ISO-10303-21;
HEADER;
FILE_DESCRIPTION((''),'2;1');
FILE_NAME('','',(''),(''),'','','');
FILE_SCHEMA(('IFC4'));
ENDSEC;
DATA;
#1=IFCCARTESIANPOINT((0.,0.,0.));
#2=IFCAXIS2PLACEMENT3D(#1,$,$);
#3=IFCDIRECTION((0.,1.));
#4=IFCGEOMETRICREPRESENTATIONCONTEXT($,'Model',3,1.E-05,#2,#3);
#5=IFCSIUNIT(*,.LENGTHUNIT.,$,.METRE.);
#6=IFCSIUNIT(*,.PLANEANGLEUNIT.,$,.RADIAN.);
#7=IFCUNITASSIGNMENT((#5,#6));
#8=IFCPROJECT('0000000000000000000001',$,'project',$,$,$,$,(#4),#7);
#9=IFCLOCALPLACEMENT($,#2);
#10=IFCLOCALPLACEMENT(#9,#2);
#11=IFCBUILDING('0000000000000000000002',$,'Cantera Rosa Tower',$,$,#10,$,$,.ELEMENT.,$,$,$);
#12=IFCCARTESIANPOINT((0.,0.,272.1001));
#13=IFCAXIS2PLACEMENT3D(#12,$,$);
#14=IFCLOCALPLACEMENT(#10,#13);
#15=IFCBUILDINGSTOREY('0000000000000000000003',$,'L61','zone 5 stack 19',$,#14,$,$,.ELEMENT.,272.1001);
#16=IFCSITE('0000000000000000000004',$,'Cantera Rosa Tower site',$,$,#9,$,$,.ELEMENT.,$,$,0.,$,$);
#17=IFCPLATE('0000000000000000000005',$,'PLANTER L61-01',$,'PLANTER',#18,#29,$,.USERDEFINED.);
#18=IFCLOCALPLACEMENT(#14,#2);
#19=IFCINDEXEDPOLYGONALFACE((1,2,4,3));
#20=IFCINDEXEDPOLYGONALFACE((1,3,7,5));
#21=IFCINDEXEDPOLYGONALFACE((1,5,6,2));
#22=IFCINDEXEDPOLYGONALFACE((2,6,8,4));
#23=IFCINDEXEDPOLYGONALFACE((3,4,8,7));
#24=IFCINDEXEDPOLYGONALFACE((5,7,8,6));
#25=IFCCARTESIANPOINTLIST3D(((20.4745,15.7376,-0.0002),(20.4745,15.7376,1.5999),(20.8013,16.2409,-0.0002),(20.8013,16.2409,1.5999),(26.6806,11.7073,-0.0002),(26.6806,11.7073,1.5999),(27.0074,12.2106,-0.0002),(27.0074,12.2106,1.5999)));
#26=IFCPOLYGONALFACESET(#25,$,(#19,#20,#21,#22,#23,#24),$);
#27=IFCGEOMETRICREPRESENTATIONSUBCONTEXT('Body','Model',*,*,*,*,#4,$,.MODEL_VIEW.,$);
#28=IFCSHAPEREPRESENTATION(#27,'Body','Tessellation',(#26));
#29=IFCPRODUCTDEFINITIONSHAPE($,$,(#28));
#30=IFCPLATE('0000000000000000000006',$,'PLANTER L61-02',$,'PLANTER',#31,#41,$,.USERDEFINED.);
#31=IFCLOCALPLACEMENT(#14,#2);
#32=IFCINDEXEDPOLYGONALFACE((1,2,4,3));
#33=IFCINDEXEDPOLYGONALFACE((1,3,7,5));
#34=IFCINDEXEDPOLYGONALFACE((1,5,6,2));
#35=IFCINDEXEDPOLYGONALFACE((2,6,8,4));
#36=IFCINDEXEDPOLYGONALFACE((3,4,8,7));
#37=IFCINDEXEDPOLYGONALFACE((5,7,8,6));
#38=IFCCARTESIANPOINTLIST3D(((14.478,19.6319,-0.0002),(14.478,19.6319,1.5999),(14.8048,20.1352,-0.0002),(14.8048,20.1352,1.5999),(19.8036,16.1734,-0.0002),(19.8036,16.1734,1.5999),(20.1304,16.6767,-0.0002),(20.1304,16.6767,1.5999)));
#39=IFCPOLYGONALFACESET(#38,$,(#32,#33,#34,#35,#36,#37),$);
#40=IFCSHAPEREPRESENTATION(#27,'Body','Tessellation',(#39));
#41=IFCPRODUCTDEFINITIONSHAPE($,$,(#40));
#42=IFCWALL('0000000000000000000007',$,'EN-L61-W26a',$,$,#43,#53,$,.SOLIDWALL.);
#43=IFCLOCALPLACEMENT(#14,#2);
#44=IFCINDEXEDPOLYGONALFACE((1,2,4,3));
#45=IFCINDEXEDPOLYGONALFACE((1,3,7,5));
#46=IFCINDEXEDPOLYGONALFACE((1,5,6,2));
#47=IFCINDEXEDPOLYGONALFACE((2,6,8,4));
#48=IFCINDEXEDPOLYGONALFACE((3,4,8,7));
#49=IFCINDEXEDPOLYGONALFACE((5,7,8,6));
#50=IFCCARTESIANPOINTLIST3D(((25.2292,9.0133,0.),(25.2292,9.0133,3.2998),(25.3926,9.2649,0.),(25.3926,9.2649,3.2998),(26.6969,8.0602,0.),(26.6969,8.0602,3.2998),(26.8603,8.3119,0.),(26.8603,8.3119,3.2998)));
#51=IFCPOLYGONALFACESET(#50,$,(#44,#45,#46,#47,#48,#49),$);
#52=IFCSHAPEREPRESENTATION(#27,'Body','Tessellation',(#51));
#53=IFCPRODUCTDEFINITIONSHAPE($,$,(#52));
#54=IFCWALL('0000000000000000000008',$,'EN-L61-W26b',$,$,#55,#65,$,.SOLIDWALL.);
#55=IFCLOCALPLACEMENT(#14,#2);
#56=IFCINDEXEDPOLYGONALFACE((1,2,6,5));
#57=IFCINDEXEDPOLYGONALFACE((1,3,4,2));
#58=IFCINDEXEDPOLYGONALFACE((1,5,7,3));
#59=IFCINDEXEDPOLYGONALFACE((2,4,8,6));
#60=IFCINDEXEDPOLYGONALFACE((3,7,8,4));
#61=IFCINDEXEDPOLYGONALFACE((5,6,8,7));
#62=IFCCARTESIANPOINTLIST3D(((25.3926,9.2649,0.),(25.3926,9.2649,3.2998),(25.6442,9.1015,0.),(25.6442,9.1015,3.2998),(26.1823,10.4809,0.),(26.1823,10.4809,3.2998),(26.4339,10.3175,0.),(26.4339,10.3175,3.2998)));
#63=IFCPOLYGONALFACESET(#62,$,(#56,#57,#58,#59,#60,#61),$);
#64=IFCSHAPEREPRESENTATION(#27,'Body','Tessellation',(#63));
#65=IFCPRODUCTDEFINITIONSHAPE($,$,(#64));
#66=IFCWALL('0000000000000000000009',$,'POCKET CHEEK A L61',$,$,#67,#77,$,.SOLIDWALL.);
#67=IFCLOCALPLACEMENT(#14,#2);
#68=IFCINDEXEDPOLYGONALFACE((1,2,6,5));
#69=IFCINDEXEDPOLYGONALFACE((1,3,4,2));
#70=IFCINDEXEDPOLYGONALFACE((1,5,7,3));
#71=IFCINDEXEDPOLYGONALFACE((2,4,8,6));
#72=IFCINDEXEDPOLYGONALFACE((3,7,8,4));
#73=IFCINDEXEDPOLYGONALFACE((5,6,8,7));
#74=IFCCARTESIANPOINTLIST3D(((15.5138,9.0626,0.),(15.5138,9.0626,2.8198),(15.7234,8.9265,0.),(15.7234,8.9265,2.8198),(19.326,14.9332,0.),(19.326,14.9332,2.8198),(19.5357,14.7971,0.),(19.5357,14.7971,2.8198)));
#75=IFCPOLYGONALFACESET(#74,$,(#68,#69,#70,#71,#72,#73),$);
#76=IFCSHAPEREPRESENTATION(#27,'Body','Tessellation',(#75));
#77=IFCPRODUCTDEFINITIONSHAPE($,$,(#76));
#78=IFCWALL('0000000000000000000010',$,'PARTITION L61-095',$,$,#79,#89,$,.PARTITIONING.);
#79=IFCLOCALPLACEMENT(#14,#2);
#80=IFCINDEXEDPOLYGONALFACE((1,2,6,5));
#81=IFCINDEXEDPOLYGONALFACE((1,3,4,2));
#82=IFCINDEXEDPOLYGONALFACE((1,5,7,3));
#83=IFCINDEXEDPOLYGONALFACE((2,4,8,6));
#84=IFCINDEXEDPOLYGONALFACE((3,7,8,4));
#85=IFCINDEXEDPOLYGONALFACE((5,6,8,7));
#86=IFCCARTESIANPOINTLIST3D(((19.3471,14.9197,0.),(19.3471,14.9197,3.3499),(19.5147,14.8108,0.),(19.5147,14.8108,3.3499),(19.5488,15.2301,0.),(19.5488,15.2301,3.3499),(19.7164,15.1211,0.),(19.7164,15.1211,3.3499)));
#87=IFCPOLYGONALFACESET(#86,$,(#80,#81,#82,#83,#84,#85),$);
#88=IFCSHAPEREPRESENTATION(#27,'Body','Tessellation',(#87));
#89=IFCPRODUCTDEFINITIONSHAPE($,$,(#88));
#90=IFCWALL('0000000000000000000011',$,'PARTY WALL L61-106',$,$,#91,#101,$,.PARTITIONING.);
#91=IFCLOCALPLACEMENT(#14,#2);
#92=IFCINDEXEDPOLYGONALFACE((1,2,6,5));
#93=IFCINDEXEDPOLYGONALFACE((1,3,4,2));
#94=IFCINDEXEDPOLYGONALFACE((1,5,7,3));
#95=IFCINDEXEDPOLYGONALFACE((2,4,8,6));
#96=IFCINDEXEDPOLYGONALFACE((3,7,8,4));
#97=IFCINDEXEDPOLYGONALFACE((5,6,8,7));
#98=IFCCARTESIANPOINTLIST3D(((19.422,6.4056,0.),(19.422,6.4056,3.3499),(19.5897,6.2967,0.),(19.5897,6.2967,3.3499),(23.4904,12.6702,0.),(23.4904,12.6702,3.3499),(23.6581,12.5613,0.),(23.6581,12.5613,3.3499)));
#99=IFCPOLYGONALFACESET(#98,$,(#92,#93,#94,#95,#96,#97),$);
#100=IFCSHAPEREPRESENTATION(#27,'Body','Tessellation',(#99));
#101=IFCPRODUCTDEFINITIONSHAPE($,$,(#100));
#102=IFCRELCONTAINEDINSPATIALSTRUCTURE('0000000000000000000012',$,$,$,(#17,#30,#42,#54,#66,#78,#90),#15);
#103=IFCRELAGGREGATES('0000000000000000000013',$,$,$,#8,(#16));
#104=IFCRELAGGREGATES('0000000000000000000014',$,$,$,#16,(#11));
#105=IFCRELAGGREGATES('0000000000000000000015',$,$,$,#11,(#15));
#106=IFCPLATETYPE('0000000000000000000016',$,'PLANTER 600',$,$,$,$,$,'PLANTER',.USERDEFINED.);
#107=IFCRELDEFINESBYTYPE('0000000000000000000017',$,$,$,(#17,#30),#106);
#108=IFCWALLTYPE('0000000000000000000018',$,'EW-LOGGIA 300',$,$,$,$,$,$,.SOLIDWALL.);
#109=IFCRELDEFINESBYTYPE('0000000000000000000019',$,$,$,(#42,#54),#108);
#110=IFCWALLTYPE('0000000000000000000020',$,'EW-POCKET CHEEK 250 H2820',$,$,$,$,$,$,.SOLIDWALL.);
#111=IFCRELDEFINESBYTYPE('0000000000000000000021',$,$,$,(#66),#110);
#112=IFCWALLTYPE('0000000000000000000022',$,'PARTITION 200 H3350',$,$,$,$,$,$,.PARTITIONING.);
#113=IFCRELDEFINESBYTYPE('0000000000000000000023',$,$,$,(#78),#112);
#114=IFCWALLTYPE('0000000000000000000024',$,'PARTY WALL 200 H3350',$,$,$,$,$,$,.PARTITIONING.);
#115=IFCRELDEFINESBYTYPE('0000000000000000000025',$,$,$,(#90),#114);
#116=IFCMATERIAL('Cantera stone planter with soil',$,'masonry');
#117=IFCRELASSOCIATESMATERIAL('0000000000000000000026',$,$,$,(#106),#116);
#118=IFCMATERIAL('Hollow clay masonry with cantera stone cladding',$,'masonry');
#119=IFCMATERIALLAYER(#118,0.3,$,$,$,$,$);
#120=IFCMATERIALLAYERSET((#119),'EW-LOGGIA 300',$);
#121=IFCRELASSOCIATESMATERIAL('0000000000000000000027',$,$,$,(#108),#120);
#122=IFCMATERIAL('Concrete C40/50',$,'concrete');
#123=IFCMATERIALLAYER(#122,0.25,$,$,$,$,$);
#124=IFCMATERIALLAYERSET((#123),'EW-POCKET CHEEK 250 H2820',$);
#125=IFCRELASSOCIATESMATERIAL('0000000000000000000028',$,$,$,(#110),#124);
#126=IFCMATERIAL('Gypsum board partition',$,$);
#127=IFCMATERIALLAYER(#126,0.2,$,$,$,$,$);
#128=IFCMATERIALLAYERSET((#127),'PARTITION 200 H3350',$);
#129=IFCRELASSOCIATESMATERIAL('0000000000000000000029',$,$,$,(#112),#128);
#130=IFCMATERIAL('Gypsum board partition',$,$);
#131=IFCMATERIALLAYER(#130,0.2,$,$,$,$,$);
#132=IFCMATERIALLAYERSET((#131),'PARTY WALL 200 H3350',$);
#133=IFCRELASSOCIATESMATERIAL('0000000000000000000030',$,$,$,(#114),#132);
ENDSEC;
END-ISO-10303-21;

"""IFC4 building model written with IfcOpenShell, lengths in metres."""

from ifc_helpers import new_model, si_unit, direction, frame, frame_2d, origin, origin_2d, place, context, subcontext, project, spatial, rectangle, extrude, material, layer, layer_set, type_object, element, save


model = new_model("IFC4")

# Units and contexts
model_context = context("Model", 3, precision=1e-05, world=origin(), true_north=direction((0.0, 1.0)))
body_context = subcontext(model_context, "Body", "Model", "MODEL_VIEW")
ifc_project = project(units=[si_unit("LENGTHUNIT", "METRE"), si_unit("PLANEANGLEUNIT", "RADIAN")], contexts=[model_context])

# Site, building, storey
site_placement = place(None, origin())
site = spatial("IfcSite", under=ifc_project, at=site_placement, Name="Cantera Rosa Tower site", CompositionType="ELEMENT", RefElevation=0.0)
building_placement = place(site_placement, origin())
building = spatial("IfcBuilding", under=site, at=building_placement, Name="Cantera Rosa Tower", CompositionType="ELEMENT")
storey_placement = place(building_placement, frame((0.0, 0.0, 272.1001)))
storey = spatial("IfcBuildingStorey", under=building, at=storey_placement, Name="L61", Description="zone 5 stack 19", CompositionType="ELEMENT", Elevation=272.1001)

# Plates
ifc_material_1 = material(Name="Cantera stone planter with soil", Category="masonry")
plate_type = type_object("IfcPlateType", Name="PLANTER 600", ElementType="PLANTER", PredefinedType="USERDEFINED", material=ifc_material_1)
plate_1_placement = place(storey_placement, frame((23.741, 13.9741, -0.0002), z_axis=(0.0, 0.0, 1.0), x_axis=(-0.838671, 0.544639, 0.0)))
element("IfcPlate", 1, at=plate_1_placement, inside=storey, type_object=plate_type, Name="PLANTER L61-01", ObjectType="PLANTER", PredefinedType="USERDEFINED", context=body_context, shape_type="SweptSolid", body=[
    extrude(rectangle(XDim=7.3999, YDim=0.6001, at=origin_2d()), origin(), (0.0, 0.0, 1.0), 1.6001),
])
plate_2_placement = place(storey_placement, frame((17.3042, 18.1543, -0.0002), z_axis=(0.0, 0.0, 1.0), x_axis=(-0.838671, 0.544639, 0.0)))
element("IfcPlate", 2, at=plate_2_placement, inside=storey, type_object=plate_type, Name="PLANTER L61-02", ObjectType="PLANTER", PredefinedType="USERDEFINED", context=body_context, shape_type="SweptSolid", body=[
    extrude(rectangle(XDim=6.3501, YDim=0.6001, at=origin_2d()), origin(), (0.0, 0.0, 1.0), 1.6001),
])

# Walls
ifc_material_2 = material(Name="Hollow clay masonry with cantera stone cladding", Category="masonry")
ifc_layer_1 = layer(ifc_material_2, 0.3)
ifc_layer_set_1 = layer_set([ifc_layer_1], Name="EW-LOGGIA 300")
wall_type_1 = type_object("IfcWallType", Name="EW-LOGGIA 300", PredefinedType="SOLIDWALL", material=ifc_layer_set_1)
wall_1_placement = place(storey_placement, frame((26.7786, 8.186, 0.0), z_axis=(0.0, 0.0, 1.0), x_axis=(-0.838686, 0.544616, 0.0)))
element("IfcWall", 3, at=wall_1_placement, inside=storey, type_object=wall_type_1, Name="EN-L61-W26a", PredefinedType="SOLIDWALL", context=body_context, shape_type="SweptSolid", body=[
    extrude(rectangle(XDim=1.75, YDim=0.3, at=frame_2d((0.875, 0.0))), origin(), (0.0, 0.0, 1.0), 3.2998),
])
wall_2_placement = place(storey_placement, frame((25.5183, 9.1831, 0.0), z_axis=(0.0, 0.0, 1.0), x_axis=(0.544675, 0.838647, 0.0)))
element("IfcWall", 4, at=wall_2_placement, inside=storey, type_object=wall_type_1, Name="EN-L61-W26b", PredefinedType="SOLIDWALL", context=body_context, shape_type="SweptSolid", body=[
    extrude(rectangle(XDim=1.45, YDim=0.3, at=frame_2d((0.7251, 0.0))), origin(), (0.0, 0.0, 1.0), 3.2998),
])

# Wall
ifc_material_3 = material(Name="Concrete C40/50", Category="concrete")
ifc_layer_2 = layer(ifc_material_3, 0.25)
ifc_layer_set_2 = layer_set([ifc_layer_2], Name="EW-POCKET CHEEK 250 H2820")
wall_type_2 = type_object("IfcWallType", Name="EW-POCKET CHEEK 250 H2820", PredefinedType="SOLIDWALL", material=ifc_layer_set_2)
wall_3_placement = place(storey_placement, frame((19.4309, 14.8652, 0.0), z_axis=(0.0, 0.0, 1.0), x_axis=(-0.544623, -0.838681, 0.0)))
element("IfcWall", 5, at=wall_3_placement, inside=storey, type_object=wall_type_2, Name="POCKET CHEEK A L61", PredefinedType="SOLIDWALL", context=body_context, shape_type="SweptSolid", body=[
    extrude(rectangle(XDim=6.9998, YDim=0.25, at=frame_2d((3.5, 0.0))), origin(), (0.0, 0.0, 1.0), 2.8198),
])

# Walls
ifc_material_4 = material(Name="Gypsum board partition")
ifc_layer_3 = layer(ifc_material_4, 0.2)
ifc_layer_set_3 = layer_set([ifc_layer_3], Name="PARTITION 200 H3350")
wall_type_3 = type_object("IfcWallType", Name="PARTITION 200 H3350", PredefinedType="PARTITIONING", material=ifc_layer_set_3)
wall_4_placement = place(storey_placement, frame((19.4309, 14.8652, 0.0), z_axis=(0.0, 0.0, 1.0), x_axis=(0.544919, 0.838489, 0.0)))
element("IfcWall", 6, at=wall_4_placement, inside=storey, type_object=wall_type_3, Name="PARTITION L61-095", PredefinedType="PARTITIONING", context=body_context, shape_type="SweptSolid", body=[
    extrude(rectangle(XDim=0.3701, YDim=0.2, at=frame_2d((0.1851, 0.0))), origin(), (0.0, 0.0, 1.0), 3.3499),
])
ifc_material_5 = material(Name="Gypsum board partition")
ifc_layer_4 = layer(ifc_material_5, 0.2)
ifc_layer_set_4 = layer_set([ifc_layer_4], Name="PARTY WALL 200 H3350")
wall_type_4 = type_object("IfcWallType", Name="PARTY WALL 200 H3350", PredefinedType="PARTITIONING", material=ifc_layer_set_4)
wall_5_placement = place(storey_placement, frame((23.5742, 12.6157, 0.0), z_axis=(0.0, 0.0, 1.0), x_axis=(-0.544644, -0.838668, 0.0)))
element("IfcWall", 7, at=wall_5_placement, inside=storey, type_object=wall_type_4, Name="PARTY WALL L61-106", PredefinedType="PARTITIONING", context=body_context, shape_type="SweptSolid", body=[
    extrude(rectangle(XDim=7.4697, YDim=0.2, at=frame_2d((3.7349, 0.0))), origin(), (0.0, 0.0, 1.0), 3.3499),
])

save(model, "model.ifc")
